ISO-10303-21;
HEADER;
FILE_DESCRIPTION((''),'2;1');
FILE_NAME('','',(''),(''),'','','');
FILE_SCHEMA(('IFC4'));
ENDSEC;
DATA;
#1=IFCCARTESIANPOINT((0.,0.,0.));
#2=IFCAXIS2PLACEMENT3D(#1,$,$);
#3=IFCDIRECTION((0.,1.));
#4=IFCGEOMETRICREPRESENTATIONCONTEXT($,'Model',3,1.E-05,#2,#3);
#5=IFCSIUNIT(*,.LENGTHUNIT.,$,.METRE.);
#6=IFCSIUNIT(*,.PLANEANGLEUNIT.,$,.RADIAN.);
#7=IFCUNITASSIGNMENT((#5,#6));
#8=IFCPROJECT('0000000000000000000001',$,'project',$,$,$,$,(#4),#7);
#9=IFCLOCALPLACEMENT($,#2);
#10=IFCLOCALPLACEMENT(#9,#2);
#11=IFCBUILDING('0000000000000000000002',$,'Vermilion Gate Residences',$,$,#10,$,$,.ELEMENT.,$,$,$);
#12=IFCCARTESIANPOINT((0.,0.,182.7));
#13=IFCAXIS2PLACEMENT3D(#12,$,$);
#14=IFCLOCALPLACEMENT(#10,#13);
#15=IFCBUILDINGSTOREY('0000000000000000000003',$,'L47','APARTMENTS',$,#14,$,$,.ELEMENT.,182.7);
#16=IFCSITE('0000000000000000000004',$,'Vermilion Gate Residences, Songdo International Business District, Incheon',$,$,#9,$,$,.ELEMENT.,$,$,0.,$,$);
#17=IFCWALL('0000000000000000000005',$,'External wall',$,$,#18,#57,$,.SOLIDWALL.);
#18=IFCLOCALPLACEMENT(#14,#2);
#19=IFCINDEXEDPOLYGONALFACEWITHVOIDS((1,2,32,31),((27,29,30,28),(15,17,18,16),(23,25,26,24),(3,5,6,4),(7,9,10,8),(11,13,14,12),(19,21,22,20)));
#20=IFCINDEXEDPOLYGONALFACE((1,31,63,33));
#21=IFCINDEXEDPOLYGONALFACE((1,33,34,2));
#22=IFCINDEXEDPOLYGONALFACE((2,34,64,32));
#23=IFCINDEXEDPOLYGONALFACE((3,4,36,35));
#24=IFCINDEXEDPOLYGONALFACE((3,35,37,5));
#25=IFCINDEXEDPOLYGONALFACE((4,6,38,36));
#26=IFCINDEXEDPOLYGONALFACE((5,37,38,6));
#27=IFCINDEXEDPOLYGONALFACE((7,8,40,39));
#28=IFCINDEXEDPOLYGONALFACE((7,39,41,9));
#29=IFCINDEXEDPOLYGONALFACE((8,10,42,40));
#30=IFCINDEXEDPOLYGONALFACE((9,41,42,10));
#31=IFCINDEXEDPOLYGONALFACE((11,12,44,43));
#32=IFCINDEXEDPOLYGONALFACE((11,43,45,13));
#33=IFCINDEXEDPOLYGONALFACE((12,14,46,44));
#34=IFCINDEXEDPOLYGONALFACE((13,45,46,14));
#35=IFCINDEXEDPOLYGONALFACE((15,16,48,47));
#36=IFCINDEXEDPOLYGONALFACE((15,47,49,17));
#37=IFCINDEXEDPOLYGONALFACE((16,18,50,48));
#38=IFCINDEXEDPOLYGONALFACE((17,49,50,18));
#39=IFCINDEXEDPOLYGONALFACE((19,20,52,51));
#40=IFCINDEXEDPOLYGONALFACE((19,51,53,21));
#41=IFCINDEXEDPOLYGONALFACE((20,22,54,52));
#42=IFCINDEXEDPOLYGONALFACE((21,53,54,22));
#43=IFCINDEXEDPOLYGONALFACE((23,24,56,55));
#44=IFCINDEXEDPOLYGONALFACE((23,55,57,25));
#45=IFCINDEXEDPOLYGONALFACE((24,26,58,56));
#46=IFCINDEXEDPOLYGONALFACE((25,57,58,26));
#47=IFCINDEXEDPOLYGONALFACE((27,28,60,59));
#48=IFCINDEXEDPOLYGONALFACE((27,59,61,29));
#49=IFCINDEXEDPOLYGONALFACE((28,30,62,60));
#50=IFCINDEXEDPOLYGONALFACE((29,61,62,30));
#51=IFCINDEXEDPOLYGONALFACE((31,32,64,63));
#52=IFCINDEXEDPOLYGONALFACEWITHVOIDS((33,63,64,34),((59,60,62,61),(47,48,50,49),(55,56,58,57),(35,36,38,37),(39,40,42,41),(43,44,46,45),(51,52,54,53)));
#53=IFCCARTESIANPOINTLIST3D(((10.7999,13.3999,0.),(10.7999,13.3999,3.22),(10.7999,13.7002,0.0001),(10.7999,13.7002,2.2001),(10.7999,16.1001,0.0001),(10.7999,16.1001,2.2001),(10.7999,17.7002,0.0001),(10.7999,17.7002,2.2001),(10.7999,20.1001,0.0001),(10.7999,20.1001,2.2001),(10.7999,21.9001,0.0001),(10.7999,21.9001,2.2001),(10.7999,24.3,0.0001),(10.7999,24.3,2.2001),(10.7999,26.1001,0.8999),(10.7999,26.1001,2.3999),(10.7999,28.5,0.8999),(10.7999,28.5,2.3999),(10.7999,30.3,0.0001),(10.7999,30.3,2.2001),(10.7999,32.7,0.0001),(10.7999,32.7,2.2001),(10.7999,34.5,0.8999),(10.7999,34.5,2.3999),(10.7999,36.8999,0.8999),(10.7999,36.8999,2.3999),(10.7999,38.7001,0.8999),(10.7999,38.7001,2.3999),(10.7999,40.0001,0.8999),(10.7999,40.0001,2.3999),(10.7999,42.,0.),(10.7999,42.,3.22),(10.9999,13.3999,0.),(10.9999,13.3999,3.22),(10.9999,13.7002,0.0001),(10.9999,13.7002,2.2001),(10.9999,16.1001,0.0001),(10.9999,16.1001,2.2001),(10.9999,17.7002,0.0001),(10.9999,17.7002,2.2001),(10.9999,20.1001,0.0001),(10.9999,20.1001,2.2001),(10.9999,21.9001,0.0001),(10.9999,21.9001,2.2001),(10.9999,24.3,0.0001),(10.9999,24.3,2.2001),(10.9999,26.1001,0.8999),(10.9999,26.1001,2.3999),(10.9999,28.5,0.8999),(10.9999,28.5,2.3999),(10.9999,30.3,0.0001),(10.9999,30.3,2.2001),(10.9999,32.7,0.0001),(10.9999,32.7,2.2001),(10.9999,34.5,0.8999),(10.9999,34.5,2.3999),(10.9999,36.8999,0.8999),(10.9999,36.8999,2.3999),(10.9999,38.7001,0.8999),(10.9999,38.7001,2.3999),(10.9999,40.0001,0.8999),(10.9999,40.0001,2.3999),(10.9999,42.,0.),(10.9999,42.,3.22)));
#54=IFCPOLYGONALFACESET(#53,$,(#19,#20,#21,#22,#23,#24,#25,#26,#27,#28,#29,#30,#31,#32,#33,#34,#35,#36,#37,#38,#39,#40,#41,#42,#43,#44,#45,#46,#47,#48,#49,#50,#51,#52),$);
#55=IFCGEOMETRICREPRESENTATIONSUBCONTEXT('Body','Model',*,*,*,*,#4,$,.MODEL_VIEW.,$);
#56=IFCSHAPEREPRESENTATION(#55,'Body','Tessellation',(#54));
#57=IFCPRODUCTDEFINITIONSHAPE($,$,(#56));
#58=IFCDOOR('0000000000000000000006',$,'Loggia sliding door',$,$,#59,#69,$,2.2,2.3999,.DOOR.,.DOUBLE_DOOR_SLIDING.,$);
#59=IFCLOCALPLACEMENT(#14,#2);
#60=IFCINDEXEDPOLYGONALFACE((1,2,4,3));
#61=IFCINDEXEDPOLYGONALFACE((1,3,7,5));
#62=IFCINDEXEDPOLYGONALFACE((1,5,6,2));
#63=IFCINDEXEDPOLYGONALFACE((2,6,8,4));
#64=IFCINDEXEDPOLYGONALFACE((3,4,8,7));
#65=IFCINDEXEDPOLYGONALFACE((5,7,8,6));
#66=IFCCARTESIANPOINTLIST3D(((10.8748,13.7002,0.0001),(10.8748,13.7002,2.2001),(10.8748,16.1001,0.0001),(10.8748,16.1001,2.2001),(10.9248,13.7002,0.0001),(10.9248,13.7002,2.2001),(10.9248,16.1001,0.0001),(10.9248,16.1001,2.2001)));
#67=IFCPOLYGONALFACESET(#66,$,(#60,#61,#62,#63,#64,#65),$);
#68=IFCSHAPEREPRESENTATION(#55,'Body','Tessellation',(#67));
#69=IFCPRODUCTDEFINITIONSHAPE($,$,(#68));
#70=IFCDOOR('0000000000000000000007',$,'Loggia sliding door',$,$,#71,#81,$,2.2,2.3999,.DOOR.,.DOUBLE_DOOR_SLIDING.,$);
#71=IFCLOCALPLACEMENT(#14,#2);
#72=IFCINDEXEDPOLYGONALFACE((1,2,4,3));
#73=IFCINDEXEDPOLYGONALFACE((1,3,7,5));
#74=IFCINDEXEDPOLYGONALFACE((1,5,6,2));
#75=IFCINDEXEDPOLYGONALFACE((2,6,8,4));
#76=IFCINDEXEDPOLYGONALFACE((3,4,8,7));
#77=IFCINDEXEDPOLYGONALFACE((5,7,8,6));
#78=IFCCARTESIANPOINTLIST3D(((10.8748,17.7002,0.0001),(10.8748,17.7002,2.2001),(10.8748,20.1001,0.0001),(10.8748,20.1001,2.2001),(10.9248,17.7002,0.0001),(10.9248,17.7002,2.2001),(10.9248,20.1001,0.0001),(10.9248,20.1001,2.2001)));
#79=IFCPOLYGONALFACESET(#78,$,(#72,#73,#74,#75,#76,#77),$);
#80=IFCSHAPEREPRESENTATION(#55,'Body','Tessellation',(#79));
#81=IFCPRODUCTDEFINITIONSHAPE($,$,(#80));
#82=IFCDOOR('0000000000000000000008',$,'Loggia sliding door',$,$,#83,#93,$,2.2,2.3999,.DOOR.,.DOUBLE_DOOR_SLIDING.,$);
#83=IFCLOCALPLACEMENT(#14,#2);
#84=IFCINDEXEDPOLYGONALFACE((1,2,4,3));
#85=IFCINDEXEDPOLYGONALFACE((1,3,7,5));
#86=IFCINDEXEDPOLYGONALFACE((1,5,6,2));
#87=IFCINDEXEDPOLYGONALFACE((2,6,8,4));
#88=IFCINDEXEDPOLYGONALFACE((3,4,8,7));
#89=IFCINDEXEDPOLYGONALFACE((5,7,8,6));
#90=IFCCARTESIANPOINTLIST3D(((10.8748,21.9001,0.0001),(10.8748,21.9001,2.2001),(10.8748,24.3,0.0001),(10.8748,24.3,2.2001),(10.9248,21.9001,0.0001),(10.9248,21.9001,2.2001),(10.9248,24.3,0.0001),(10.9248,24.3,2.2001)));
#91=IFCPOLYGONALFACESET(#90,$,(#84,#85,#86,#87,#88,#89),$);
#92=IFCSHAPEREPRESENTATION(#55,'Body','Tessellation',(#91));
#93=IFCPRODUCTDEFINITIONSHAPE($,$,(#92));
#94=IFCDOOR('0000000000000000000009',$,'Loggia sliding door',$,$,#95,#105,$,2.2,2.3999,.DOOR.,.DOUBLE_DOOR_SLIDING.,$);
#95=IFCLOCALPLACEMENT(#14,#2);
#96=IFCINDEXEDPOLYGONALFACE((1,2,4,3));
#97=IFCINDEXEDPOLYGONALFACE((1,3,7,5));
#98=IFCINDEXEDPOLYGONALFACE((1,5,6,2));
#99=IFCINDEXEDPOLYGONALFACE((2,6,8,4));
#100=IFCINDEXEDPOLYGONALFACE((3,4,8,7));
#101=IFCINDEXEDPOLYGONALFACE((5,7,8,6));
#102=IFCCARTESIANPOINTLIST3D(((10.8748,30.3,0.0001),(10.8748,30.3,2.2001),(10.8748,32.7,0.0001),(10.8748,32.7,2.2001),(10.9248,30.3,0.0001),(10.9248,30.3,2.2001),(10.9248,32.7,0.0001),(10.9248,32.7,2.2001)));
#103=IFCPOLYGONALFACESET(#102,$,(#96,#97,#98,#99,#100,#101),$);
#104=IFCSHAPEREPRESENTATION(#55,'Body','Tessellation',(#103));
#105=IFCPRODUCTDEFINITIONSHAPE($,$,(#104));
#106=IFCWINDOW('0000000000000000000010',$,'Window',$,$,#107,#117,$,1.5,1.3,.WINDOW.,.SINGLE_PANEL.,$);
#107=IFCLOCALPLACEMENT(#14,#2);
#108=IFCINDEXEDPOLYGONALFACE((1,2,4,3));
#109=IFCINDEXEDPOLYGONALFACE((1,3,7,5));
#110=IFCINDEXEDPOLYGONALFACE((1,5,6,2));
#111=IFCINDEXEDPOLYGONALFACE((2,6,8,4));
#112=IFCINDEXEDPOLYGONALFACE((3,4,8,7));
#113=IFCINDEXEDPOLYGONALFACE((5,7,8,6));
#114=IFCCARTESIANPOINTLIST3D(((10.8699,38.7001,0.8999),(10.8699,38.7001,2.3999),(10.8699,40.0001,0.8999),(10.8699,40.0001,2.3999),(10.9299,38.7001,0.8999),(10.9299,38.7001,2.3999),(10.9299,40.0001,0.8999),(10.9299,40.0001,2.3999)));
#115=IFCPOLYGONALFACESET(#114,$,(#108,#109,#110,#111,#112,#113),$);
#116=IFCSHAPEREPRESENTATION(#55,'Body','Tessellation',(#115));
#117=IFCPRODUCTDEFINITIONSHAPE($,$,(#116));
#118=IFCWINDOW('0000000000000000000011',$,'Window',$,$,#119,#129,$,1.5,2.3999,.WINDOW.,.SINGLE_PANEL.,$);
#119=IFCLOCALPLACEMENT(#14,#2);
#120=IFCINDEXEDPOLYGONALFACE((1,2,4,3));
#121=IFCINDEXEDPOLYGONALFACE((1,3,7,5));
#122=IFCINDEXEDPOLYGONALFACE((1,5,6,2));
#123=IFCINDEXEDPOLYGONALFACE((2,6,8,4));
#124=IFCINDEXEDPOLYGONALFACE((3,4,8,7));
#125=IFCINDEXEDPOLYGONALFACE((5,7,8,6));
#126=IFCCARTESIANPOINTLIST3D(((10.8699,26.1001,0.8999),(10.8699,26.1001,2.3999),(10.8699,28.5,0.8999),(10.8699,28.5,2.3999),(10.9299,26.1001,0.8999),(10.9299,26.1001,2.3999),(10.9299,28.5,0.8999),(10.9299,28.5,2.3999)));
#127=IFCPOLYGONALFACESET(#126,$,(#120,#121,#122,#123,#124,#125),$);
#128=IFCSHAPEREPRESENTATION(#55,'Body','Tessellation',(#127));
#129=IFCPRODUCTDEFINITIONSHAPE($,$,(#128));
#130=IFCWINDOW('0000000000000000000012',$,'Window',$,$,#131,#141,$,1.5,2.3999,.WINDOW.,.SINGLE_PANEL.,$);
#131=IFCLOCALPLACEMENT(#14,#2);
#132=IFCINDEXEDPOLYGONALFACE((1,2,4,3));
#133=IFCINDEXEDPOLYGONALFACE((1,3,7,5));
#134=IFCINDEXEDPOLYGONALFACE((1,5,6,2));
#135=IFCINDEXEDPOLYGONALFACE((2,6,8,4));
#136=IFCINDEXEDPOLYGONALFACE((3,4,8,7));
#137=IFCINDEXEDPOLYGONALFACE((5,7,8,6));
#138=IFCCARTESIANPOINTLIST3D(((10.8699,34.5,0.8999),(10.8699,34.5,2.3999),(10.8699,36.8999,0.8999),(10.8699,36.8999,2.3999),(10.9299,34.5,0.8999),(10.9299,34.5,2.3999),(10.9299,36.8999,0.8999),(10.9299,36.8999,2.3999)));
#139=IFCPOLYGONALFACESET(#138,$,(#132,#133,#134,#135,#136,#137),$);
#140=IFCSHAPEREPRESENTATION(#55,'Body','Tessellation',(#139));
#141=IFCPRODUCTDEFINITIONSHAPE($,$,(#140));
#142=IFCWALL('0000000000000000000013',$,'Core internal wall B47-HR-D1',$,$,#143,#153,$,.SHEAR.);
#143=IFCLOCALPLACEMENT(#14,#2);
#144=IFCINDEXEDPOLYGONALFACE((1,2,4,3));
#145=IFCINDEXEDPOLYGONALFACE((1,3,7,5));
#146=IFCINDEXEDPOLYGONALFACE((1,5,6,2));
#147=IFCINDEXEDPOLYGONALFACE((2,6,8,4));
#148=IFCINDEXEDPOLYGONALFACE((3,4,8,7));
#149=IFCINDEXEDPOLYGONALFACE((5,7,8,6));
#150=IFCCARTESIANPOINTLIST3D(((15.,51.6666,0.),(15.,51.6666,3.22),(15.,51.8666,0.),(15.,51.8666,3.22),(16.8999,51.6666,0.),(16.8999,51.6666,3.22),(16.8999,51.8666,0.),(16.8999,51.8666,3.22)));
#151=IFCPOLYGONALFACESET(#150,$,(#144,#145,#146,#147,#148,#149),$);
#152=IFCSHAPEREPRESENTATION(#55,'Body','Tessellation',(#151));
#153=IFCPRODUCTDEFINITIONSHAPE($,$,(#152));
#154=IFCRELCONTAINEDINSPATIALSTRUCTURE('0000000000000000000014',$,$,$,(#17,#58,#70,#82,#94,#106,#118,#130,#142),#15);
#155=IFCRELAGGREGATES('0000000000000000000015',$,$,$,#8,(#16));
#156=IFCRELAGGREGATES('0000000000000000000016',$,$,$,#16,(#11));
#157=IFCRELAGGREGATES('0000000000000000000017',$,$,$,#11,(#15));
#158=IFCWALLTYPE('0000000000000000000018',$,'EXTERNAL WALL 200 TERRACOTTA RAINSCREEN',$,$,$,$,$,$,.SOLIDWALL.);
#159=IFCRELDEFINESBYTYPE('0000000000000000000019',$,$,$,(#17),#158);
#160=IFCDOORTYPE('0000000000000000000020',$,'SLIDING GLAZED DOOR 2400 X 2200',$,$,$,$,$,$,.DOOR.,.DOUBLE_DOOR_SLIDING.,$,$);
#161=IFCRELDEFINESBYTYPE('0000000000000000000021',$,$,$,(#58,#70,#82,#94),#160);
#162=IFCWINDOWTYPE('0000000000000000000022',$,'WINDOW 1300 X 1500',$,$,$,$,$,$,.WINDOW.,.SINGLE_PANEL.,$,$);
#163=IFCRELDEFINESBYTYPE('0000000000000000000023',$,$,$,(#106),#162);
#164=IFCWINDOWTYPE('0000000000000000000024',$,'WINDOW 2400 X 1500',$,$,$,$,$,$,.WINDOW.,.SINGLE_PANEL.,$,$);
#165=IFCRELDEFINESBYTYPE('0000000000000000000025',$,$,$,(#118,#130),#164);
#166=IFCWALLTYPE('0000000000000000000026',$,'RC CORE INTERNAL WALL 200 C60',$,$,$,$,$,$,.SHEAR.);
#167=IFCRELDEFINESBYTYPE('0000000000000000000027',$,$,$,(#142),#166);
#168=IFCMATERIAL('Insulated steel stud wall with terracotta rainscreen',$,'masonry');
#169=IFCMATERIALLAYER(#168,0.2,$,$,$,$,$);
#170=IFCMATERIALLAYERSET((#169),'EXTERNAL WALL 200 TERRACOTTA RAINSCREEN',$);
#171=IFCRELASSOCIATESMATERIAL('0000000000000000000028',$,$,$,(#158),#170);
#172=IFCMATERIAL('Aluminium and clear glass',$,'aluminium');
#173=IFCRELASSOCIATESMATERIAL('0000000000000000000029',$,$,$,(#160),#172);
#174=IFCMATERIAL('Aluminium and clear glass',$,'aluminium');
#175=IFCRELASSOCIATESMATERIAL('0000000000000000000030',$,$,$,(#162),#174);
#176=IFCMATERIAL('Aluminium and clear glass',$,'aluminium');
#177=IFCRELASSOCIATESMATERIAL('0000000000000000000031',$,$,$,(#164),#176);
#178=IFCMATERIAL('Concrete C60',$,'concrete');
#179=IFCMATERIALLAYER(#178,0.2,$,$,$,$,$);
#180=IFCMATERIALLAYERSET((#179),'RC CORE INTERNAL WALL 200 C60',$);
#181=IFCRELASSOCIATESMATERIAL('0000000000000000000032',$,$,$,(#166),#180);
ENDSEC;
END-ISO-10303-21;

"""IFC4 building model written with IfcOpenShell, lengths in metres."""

from ifc_helpers import new_model, si_unit, direction, frame, frame_2d, origin, place, context, subcontext, project, spatial, rectangle, extrude, material, layer, layer_set, type_object, element, fill, save


model = new_model("IFC4")

# Units and contexts
model_context = context("Model", 3, precision=1e-05, world=origin(), true_north=direction((0.0, 1.0)))
body_context = subcontext(model_context, "Body", "Model", "MODEL_VIEW")
ifc_project = project(units=[si_unit("LENGTHUNIT", "METRE"), si_unit("PLANEANGLEUNIT", "RADIAN")], contexts=[model_context])

# Site, building, storey
site_placement = place(None, origin())
site = spatial("IfcSite", under=ifc_project, at=site_placement, Name="Vermilion Gate Residences, Songdo International Business District, Incheon", CompositionType="ELEMENT", RefElevation=0.0)
building_placement = place(site_placement, origin())
building = spatial("IfcBuilding", under=site, at=building_placement, Name="Vermilion Gate Residences", CompositionType="ELEMENT")
storey_placement = place(building_placement, frame((0.0, 0.0, 182.7)))
storey = spatial("IfcBuildingStorey", under=building, at=storey_placement, Name="L47", Description="APARTMENTS", CompositionType="ELEMENT", Elevation=182.7)

# Wall, openings, doors, windows
ifc_material_1 = material(Name="Insulated steel stud wall with terracotta rainscreen", Category="masonry")
ifc_layer_1 = layer(ifc_material_1, 0.2)
ifc_layer_set_1 = layer_set([ifc_layer_1], Name="EXTERNAL WALL 200 TERRACOTTA RAINSCREEN")
wall_type_1 = type_object("IfcWallType", Name="EXTERNAL WALL 200 TERRACOTTA RAINSCREEN", PredefinedType="SOLIDWALL", material=ifc_layer_set_1)
wall_1_placement = place(storey_placement, frame((10.8999, 42.0, 0.0), z_axis=(0.0, 0.0, 1.0), x_axis=(0.0, -1.0, 0.0)))
wall_1 = element("IfcWall", 1, at=wall_1_placement, inside=storey, type_object=wall_type_1, Name="External wall", PredefinedType="SOLIDWALL", context=body_context, shape_type="SweptSolid", body=[
    extrude(rectangle(XDim=28.6001, YDim=0.2, at=frame_2d((14.3, 0.0))), origin(), (0.0, 0.0, 1.0), 3.22),
])
opening_1_placement = place(wall_1_placement, frame((25.8999, 0.0, 0.0)))
opening_1 = element("IfcOpeningElement", 2, at=opening_1_placement, cuts=wall_1, PredefinedType="OPENING", context=body_context, shape_type="SweptSolid", body=[
    extrude(rectangle(XDim=2.3999, YDim=2.2, at=frame_2d((1.2, 1.1001))), frame((0.0, 0.1099, 0.0), z_axis=(0.0, -1.0, 0.0), x_axis=(1.0, 0.0, 0.0)), (0.0, 0.0, 1.0), 0.22),
])
opening_2_placement = place(wall_1_placement, frame((21.8999, 0.0, 0.0)))
opening_2 = element("IfcOpeningElement", 3, at=opening_2_placement, cuts=wall_1, PredefinedType="OPENING", context=body_context, shape_type="SweptSolid", body=[
    extrude(rectangle(XDim=2.3999, YDim=2.2, at=frame_2d((1.2, 1.1001))), frame((0.0, 0.1099, 0.0), z_axis=(0.0, -1.0, 0.0), x_axis=(1.0, 0.0, 0.0)), (0.0, 0.0, 1.0), 0.22),
])
opening_3_placement = place(wall_1_placement, frame((17.7, 0.0, 0.0)))
opening_3 = element("IfcOpeningElement", 4, at=opening_3_placement, cuts=wall_1, PredefinedType="OPENING", context=body_context, shape_type="SweptSolid", body=[
    extrude(rectangle(XDim=2.3999, YDim=2.2, at=frame_2d((1.2, 1.1001))), frame((0.0, 0.1099, 0.0), z_axis=(0.0, -1.0, 0.0), x_axis=(1.0, 0.0, 0.0)), (0.0, 0.0, 1.0), 0.22),
])
opening_4_placement = place(wall_1_placement, frame((13.5, 0.0, 0.8999)))
opening_4 = element("IfcOpeningElement", 5, at=opening_4_placement, cuts=wall_1, PredefinedType="OPENING", context=body_context, shape_type="SweptSolid", body=[
    extrude(rectangle(XDim=2.3999, YDim=1.5, at=frame_2d((1.2, 0.75))), frame((0.0, 0.1099, 0.0), z_axis=(0.0, -1.0, 0.0), x_axis=(1.0, 0.0, 0.0)), (0.0, 0.0, 1.0), 0.22),
])
opening_5_placement = place(wall_1_placement, frame((9.3, 0.0, 0.0)))
opening_5 = element("IfcOpeningElement", 6, at=opening_5_placement, cuts=wall_1, PredefinedType="OPENING", context=body_context, shape_type="SweptSolid", body=[
    extrude(rectangle(XDim=2.3999, YDim=2.2, at=frame_2d((1.2, 1.1001))), frame((0.0, 0.1099, 0.0), z_axis=(0.0, -1.0, 0.0), x_axis=(1.0, 0.0, 0.0)), (0.0, 0.0, 1.0), 0.22),
])
opening_6_placement = place(wall_1_placement, frame((5.1001, 0.0, 0.8999)))
opening_6 = element("IfcOpeningElement", 7, at=opening_6_placement, cuts=wall_1, PredefinedType="OPENING", context=body_context, shape_type="SweptSolid", body=[
    extrude(rectangle(XDim=2.3999, YDim=1.5, at=frame_2d((1.2, 0.75))), frame((0.0, 0.1099, 0.0), z_axis=(0.0, -1.0, 0.0), x_axis=(1.0, 0.0, 0.0)), (0.0, 0.0, 1.0), 0.22),
])
opening_7_placement = place(wall_1_placement, frame((2.0, 0.0, 0.8999)))
opening_7 = element("IfcOpeningElement", 8, at=opening_7_placement, cuts=wall_1, PredefinedType="OPENING", context=body_context, shape_type="SweptSolid", body=[
    extrude(rectangle(XDim=1.3, YDim=1.5, at=frame_2d((0.6499, 0.75))), frame((0.0, 0.1099, 0.0), z_axis=(0.0, -1.0, 0.0), x_axis=(1.0, 0.0, 0.0)), (0.0, 0.0, 1.0), 0.22),
])
ifc_material_2 = material(Name="Aluminium and clear glass", Category="aluminium")
door_type_1 = type_object("IfcDoorType", Name="SLIDING GLAZED DOOR 2400 X 2200", OperationType="DOUBLE_DOOR_SLIDING", PredefinedType="DOOR", material=ifc_material_2)
door_1_placement = place(opening_1_placement, origin())
door_1 = element("IfcDoor", 9, at=door_1_placement, inside=storey, type_object=door_type_1, Name="Loggia sliding door", OperationType="DOUBLE_DOOR_SLIDING", OverallHeight=2.2, OverallWidth=2.3999, PredefinedType="DOOR", context=body_context, shape_type="SweptSolid", body=[
    extrude(rectangle(XDim=2.3999, YDim=2.2, at=frame_2d((1.2, 1.1001))), frame((0.0, 0.0249, 0.0), z_axis=(0.0, -1.0, 0.0), x_axis=(1.0, 0.0, 0.0)), (0.0, 0.0, 1.0), 0.05),
])
fill(opening_1, door_1)
door_2_placement = place(opening_2_placement, origin())
door_2 = element("IfcDoor", 10, at=door_2_placement, inside=storey, type_object=door_type_1, Name="Loggia sliding door", OperationType="DOUBLE_DOOR_SLIDING", OverallHeight=2.2, OverallWidth=2.3999, PredefinedType="DOOR", context=body_context, shape_type="SweptSolid", body=[
    extrude(rectangle(XDim=2.3999, YDim=2.2, at=frame_2d((1.2, 1.1001))), frame((0.0, 0.0249, 0.0), z_axis=(0.0, -1.0, 0.0), x_axis=(1.0, 0.0, 0.0)), (0.0, 0.0, 1.0), 0.05),
])
fill(opening_2, door_2)
door_3_placement = place(opening_3_placement, origin())
door_3 = element("IfcDoor", 11, at=door_3_placement, inside=storey, type_object=door_type_1, Name="Loggia sliding door", OperationType="DOUBLE_DOOR_SLIDING", OverallHeight=2.2, OverallWidth=2.3999, PredefinedType="DOOR", context=body_context, shape_type="SweptSolid", body=[
    extrude(rectangle(XDim=2.3999, YDim=2.2, at=frame_2d((1.2, 1.1001))), frame((0.0, 0.0249, 0.0), z_axis=(0.0, -1.0, 0.0), x_axis=(1.0, 0.0, 0.0)), (0.0, 0.0, 1.0), 0.05),
])
fill(opening_3, door_3)
door_4_placement = place(opening_5_placement, origin())
door_4 = element("IfcDoor", 12, at=door_4_placement, inside=storey, type_object=door_type_1, Name="Loggia sliding door", OperationType="DOUBLE_DOOR_SLIDING", OverallHeight=2.2, OverallWidth=2.3999, PredefinedType="DOOR", context=body_context, shape_type="SweptSolid", body=[
    extrude(rectangle(XDim=2.3999, YDim=2.2, at=frame_2d((1.2, 1.1001))), frame((0.0, 0.0249, 0.0), z_axis=(0.0, -1.0, 0.0), x_axis=(1.0, 0.0, 0.0)), (0.0, 0.0, 1.0), 0.05),
])
fill(opening_5, door_4)
ifc_material_3 = material(Name="Aluminium and clear glass", Category="aluminium")
window_type_1 = type_object("IfcWindowType", Name="WINDOW 1300 X 1500", PartitioningType="SINGLE_PANEL", PredefinedType="WINDOW", material=ifc_material_3)
window_1_placement = place(opening_7_placement, origin())
window_1 = element("IfcWindow", 13, at=window_1_placement, inside=storey, type_object=window_type_1, Name="Window", OverallHeight=1.5, OverallWidth=1.3, PartitioningType="SINGLE_PANEL", PredefinedType="WINDOW", context=body_context, shape_type="SweptSolid", body=[
    extrude(rectangle(XDim=1.3, YDim=1.5, at=frame_2d((0.6499, 0.75))), frame((0.0, 0.03, 0.0), z_axis=(0.0, -1.0, 0.0), x_axis=(1.0, 0.0, 0.0)), (0.0, 0.0, 1.0), 0.0601),
])
fill(opening_7, window_1)
ifc_material_4 = material(Name="Aluminium and clear glass", Category="aluminium")
window_type_2 = type_object("IfcWindowType", Name="WINDOW 2400 X 1500", PartitioningType="SINGLE_PANEL", PredefinedType="WINDOW", material=ifc_material_4)
window_2_placement = place(opening_4_placement, origin())
window_2 = element("IfcWindow", 14, at=window_2_placement, inside=storey, type_object=window_type_2, Name="Window", OverallHeight=1.5, OverallWidth=2.3999, PartitioningType="SINGLE_PANEL", PredefinedType="WINDOW", context=body_context, shape_type="SweptSolid", body=[
    extrude(rectangle(XDim=2.3999, YDim=1.5, at=frame_2d((1.2, 0.75))), frame((0.0, 0.03, 0.0), z_axis=(0.0, -1.0, 0.0), x_axis=(1.0, 0.0, 0.0)), (0.0, 0.0, 1.0), 0.0601),
])
fill(opening_4, window_2)
window_3_placement = place(opening_6_placement, origin())
window_3 = element("IfcWindow", 15, at=window_3_placement, inside=storey, type_object=window_type_2, Name="Window", OverallHeight=1.5, OverallWidth=2.3999, PartitioningType="SINGLE_PANEL", PredefinedType="WINDOW", context=body_context, shape_type="SweptSolid", body=[
    extrude(rectangle(XDim=2.3999, YDim=1.5, at=frame_2d((1.2, 0.75))), frame((0.0, 0.03, 0.0), z_axis=(0.0, -1.0, 0.0), x_axis=(1.0, 0.0, 0.0)), (0.0, 0.0, 1.0), 0.0601),
])
fill(opening_6, window_3)

# Wall
ifc_material_5 = material(Name="Concrete C60", Category="concrete")
ifc_layer_2 = layer(ifc_material_5, 0.2)
ifc_layer_set_2 = layer_set([ifc_layer_2], Name="RC CORE INTERNAL WALL 200 C60")
wall_type_2 = type_object("IfcWallType", Name="RC CORE INTERNAL WALL 200 C60", PredefinedType="SHEAR", material=ifc_layer_set_2)
for number, where, z_axis, x_axis, name in (
    (16, (15.0, 51.7666, 0.0), (0.0, 0.0, 1.0), (1.0, 0.0, 0.0), "Core internal wall B47-HR-D1"),
):
    element("IfcWall", number, at=place(storey_placement, frame(where, z_axis=z_axis, x_axis=x_axis)), inside=storey, type_object=wall_type_2, Name=name, PredefinedType="SHEAR", context=body_context, shape_type="SweptSolid", body=[
        extrude(rectangle(XDim=1.8999, YDim=0.2, at=frame_2d((0.95, 0.0))), origin(), (0.0, 0.0, 1.0), 3.22),
    ])

save(model, "model.ifc")
